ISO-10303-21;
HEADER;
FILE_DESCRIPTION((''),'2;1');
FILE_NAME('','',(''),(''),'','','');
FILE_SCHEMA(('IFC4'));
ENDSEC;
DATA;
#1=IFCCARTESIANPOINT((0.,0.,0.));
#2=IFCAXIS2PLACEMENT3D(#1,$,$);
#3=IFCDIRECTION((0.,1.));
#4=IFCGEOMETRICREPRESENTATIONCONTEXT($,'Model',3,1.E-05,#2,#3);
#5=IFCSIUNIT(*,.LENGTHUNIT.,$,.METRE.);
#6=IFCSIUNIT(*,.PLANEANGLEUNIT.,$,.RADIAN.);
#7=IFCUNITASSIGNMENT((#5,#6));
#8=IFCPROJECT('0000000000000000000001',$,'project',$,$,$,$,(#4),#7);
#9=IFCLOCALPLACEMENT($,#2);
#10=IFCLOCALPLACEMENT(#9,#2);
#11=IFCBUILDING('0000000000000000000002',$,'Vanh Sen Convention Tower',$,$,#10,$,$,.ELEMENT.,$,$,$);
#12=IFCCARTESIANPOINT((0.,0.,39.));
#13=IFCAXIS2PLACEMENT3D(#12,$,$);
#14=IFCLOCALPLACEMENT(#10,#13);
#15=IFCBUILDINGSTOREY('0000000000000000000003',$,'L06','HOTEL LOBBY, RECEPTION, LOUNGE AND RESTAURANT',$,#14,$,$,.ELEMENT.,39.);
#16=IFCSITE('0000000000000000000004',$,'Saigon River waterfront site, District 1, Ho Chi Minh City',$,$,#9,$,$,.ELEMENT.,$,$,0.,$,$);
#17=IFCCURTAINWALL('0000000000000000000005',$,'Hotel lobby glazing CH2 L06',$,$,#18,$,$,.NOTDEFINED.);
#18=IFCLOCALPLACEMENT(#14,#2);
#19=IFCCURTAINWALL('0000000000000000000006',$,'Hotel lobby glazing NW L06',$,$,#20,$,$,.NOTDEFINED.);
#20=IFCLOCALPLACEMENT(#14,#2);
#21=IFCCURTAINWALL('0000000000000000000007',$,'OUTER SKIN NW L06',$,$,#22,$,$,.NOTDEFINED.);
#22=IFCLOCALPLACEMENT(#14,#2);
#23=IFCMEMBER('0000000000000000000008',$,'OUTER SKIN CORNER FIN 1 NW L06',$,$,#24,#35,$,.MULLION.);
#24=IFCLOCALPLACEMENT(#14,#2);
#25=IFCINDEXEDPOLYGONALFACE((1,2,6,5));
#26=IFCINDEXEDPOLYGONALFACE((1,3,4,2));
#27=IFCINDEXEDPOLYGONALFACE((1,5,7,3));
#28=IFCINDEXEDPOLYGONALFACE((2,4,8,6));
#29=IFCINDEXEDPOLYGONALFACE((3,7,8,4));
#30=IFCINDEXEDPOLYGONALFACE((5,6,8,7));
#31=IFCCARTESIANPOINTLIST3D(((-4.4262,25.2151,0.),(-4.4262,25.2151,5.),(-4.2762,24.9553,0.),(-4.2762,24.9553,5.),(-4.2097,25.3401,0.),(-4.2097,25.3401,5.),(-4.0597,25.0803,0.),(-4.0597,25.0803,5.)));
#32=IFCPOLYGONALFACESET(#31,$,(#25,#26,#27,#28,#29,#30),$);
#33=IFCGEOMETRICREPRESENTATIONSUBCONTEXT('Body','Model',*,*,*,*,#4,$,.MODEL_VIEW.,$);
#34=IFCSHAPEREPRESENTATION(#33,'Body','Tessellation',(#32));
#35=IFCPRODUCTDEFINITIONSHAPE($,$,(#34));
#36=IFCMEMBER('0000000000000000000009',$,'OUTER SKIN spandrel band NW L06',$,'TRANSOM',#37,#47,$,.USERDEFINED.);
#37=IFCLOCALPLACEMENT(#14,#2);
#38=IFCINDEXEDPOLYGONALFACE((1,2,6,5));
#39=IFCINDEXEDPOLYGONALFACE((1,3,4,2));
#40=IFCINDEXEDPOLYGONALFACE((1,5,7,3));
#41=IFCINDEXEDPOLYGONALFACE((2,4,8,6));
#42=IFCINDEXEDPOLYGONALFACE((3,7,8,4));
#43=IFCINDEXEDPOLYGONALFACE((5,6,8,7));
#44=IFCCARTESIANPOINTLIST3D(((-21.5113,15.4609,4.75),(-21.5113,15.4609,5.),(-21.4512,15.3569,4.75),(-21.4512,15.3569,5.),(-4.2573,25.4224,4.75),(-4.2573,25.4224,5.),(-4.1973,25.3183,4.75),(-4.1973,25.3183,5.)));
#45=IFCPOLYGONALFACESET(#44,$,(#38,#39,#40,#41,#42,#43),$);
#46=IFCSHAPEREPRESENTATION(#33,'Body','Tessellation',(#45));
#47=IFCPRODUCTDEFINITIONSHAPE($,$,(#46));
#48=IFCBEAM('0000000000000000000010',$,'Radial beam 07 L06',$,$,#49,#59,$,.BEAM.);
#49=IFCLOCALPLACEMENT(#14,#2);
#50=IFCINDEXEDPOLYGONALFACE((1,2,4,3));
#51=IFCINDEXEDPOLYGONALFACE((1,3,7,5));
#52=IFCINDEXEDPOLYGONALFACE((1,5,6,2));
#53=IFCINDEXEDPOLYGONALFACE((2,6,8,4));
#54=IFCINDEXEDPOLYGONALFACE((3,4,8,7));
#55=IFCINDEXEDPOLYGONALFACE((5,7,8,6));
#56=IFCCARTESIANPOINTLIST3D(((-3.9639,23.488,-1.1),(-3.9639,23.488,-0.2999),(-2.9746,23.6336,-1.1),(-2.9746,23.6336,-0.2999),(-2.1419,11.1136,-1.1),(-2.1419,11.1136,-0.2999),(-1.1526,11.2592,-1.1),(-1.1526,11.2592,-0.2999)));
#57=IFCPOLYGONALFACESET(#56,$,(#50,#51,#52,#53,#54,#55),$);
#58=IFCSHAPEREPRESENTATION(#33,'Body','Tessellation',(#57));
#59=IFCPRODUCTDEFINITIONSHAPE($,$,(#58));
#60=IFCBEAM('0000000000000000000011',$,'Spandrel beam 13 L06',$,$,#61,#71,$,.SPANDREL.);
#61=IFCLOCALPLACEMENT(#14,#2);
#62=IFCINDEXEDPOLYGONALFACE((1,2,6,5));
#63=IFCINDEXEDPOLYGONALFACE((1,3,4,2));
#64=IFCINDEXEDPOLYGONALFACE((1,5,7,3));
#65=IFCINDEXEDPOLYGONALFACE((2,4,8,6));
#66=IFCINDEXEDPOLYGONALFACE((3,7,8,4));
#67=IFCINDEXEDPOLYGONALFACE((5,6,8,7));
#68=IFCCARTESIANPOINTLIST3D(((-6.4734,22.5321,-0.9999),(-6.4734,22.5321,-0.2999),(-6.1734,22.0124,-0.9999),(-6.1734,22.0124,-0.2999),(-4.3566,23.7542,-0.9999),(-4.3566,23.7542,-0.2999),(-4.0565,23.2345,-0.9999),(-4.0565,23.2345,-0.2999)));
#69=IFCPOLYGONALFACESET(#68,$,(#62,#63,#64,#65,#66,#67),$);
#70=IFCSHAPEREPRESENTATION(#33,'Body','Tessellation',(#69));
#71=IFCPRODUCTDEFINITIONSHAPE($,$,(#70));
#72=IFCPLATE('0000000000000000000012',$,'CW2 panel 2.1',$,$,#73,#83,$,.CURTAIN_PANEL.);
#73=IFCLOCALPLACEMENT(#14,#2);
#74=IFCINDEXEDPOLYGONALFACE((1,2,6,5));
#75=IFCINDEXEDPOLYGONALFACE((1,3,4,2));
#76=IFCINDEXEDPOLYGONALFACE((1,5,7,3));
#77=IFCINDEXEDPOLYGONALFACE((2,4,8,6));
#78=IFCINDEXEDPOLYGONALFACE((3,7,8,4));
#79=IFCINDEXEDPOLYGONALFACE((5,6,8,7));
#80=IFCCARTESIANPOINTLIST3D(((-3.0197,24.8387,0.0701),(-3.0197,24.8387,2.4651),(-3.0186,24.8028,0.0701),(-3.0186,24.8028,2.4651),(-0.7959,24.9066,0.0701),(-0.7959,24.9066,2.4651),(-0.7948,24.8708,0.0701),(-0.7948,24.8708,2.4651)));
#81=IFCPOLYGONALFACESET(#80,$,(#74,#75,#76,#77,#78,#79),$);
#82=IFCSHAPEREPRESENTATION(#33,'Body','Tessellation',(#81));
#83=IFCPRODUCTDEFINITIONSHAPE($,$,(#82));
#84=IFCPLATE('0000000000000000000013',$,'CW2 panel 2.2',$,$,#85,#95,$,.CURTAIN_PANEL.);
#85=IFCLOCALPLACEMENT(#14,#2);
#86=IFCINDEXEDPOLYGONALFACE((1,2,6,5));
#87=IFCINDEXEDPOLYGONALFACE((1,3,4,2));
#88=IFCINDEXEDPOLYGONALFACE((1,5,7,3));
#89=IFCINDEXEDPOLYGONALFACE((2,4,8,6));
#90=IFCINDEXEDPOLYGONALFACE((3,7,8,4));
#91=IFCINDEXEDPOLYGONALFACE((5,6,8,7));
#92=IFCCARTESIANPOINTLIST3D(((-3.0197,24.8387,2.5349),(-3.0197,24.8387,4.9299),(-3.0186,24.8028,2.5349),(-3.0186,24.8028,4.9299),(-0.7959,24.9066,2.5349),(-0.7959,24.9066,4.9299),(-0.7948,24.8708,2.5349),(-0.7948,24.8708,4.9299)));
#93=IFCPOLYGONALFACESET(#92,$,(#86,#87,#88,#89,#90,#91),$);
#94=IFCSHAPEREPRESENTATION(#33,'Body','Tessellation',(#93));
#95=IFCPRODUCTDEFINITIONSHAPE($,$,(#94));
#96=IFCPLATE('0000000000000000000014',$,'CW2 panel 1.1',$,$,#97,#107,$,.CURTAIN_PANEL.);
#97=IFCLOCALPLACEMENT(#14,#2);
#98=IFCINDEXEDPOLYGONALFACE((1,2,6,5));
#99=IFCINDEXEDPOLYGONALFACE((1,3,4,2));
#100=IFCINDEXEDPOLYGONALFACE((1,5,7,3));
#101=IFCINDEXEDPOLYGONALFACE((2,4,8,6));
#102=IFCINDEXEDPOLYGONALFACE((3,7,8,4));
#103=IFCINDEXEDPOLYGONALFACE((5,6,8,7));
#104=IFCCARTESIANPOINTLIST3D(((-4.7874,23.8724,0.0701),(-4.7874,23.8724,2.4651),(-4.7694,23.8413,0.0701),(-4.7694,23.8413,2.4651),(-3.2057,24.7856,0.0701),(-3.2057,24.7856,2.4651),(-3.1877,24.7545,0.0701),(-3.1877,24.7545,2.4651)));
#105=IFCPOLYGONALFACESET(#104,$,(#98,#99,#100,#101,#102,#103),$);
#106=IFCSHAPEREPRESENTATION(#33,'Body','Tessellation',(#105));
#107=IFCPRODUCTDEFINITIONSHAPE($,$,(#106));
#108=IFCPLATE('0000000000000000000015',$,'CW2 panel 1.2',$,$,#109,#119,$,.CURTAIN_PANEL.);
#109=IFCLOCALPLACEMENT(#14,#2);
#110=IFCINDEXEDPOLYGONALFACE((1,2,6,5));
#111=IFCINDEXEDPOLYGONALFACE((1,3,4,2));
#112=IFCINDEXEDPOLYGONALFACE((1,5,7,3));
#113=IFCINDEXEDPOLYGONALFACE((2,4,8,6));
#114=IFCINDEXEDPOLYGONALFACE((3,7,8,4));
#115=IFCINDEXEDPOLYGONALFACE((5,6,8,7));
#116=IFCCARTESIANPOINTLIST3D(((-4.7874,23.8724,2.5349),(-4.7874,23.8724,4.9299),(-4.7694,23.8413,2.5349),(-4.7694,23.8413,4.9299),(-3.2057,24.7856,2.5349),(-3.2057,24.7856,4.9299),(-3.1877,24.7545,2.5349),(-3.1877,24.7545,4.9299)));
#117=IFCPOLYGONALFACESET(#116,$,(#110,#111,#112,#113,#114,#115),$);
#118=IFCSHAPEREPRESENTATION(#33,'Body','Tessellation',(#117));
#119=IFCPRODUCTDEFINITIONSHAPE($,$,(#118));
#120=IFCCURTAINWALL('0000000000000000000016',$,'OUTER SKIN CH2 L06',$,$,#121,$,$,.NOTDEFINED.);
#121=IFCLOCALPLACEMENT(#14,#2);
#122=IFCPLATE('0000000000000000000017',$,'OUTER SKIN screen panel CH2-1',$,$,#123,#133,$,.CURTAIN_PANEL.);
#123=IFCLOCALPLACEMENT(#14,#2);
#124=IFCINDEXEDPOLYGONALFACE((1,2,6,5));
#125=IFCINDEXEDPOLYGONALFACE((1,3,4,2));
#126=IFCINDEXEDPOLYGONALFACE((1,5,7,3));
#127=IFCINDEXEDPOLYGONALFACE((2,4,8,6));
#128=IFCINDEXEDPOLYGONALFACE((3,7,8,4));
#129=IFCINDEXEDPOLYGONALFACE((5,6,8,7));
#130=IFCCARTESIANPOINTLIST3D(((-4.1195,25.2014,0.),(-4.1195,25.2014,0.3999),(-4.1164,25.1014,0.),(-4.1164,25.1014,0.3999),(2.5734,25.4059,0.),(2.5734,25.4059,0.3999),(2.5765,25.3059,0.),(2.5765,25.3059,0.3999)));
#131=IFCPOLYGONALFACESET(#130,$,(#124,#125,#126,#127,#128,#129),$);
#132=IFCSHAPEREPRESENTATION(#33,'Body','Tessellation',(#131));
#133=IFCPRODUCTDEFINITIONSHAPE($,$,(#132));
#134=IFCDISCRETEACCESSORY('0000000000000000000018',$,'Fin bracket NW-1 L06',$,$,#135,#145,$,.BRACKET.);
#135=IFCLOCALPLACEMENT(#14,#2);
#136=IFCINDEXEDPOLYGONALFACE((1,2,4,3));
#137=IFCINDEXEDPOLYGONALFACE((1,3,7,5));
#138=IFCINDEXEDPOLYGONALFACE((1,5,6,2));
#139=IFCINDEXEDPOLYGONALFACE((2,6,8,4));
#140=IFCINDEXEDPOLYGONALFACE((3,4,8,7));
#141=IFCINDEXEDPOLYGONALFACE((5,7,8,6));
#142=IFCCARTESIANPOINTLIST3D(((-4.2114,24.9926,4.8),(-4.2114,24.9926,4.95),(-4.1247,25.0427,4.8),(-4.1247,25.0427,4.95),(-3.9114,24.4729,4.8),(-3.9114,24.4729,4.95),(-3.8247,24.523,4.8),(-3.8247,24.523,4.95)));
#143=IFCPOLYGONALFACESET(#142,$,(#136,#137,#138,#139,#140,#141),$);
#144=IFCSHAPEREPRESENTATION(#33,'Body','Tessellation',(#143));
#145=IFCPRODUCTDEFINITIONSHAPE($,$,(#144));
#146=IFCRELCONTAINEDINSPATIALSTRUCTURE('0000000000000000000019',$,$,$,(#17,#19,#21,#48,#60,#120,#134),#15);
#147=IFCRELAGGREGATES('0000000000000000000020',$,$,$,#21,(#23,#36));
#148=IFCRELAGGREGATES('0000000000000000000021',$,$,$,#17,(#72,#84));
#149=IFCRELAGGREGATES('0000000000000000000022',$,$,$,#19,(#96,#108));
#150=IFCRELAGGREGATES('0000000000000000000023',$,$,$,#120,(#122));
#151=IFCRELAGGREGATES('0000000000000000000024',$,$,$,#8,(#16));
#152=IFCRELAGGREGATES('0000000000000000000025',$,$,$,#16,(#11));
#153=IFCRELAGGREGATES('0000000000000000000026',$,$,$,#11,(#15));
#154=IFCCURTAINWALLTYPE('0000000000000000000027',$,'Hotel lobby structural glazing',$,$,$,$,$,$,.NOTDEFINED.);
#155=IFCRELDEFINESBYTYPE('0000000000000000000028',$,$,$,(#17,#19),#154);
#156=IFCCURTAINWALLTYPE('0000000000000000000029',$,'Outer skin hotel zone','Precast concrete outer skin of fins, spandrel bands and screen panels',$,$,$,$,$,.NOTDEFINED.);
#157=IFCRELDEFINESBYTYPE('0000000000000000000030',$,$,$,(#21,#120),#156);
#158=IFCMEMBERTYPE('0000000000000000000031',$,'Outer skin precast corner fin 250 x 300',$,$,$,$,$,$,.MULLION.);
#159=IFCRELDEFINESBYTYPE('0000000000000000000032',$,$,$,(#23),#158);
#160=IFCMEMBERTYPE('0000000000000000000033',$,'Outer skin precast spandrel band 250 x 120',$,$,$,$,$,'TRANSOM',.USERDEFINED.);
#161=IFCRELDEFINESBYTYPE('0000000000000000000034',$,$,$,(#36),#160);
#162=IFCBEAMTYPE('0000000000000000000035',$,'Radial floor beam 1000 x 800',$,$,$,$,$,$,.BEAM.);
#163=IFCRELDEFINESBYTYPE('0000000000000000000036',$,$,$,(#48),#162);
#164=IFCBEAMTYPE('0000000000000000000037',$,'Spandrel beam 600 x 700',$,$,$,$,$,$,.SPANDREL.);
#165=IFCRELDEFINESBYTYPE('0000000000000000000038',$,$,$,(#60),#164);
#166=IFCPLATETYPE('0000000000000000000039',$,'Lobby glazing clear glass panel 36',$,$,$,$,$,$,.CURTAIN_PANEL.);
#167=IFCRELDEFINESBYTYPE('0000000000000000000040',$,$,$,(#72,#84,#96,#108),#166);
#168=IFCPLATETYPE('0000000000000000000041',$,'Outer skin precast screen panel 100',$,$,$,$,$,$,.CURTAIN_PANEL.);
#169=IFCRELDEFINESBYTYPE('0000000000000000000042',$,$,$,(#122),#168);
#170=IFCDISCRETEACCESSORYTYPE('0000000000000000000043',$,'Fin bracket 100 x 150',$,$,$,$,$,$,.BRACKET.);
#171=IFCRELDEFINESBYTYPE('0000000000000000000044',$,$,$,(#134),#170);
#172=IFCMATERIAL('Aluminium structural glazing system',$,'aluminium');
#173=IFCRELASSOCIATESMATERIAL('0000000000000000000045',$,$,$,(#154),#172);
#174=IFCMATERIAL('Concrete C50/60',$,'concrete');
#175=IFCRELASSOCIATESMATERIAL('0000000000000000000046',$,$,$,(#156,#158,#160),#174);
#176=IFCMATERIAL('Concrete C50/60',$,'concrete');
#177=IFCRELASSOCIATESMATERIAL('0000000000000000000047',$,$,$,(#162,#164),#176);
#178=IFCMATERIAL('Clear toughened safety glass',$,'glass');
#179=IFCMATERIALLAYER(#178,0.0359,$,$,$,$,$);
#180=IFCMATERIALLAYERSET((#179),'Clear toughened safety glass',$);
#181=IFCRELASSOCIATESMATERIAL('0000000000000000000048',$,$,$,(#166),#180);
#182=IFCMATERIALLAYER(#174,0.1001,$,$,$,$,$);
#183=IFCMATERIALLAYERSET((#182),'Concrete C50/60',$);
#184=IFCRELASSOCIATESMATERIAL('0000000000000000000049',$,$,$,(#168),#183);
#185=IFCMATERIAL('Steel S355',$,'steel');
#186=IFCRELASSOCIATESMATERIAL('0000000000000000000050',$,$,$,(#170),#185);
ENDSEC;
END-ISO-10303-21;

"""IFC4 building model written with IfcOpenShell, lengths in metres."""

from ifc_helpers import new_model, si_unit, direction, frame, origin, origin_2d, place, context, subcontext, project, spatial, rectangle, extrude, material, layer, layer_set, material_profile, profile_set, type_object, element, aggregate, save


model = new_model("IFC4")

# Units and contexts
model_context = context("Model", 3, precision=1e-05, world=origin(), true_north=direction((0.0, 1.0)))
body_context = subcontext(model_context, "Body", "Model", "MODEL_VIEW")
ifc_project = project(units=[si_unit("LENGTHUNIT", "METRE"), si_unit("PLANEANGLEUNIT", "RADIAN")], contexts=[model_context])

# Site, building, storey
site_placement = place(None, origin())
site = spatial("IfcSite", under=ifc_project, at=site_placement, Name="Saigon River waterfront site, District 1, Ho Chi Minh City", CompositionType="ELEMENT", RefElevation=0.0)
building_placement = place(site_placement, origin())
building = spatial("IfcBuilding", under=site, at=building_placement, Name="Vanh Sen Convention Tower", CompositionType="ELEMENT")
storey_placement = place(building_placement, frame((0.0, 0.0, 39.0)))
storey = spatial("IfcBuildingStorey", under=building, at=storey_placement, Name="L06", Description="HOTEL LOBBY, RECEPTION, LOUNGE AND RESTAURANT", CompositionType="ELEMENT", Elevation=39.0)

# Curtain walls
ifc_material_1 = material(Name="Aluminium structural glazing system", Category="aluminium")
curtain_wall_type_1 = type_object("IfcCurtainWallType", Name="Hotel lobby structural glazing", PredefinedType="NOTDEFINED", material=ifc_material_1)
curtain_wall_1_placement = place(storey_placement, origin())
curtain_wall_1 = element("IfcCurtainWall", 1, at=curtain_wall_1_placement, inside=storey, type_object=curtain_wall_type_1, Name="Hotel lobby glazing CH2 L06", PredefinedType="NOTDEFINED")
curtain_wall_2_placement = place(storey_placement, origin())
curtain_wall_2 = element("IfcCurtainWall", 2, at=curtain_wall_2_placement, inside=storey, type_object=curtain_wall_type_1, Name="Hotel lobby glazing NW L06", PredefinedType="NOTDEFINED")

# Curtain wall, members
ifc_material_2 = material(Name="Concrete C50/60", Category="concrete")
curtain_wall_type_2 = type_object("IfcCurtainWallType", Name="Outer skin hotel zone", Description="Precast concrete outer skin of fins, spandrel bands and screen panels", PredefinedType="NOTDEFINED", material=ifc_material_2)
curtain_wall_3_placement = place(storey_placement, origin())
curtain_wall_3 = element("IfcCurtainWall", 3, at=curtain_wall_3_placement, inside=storey, type_object=curtain_wall_type_2, Name="OUTER SKIN NW L06", PredefinedType="NOTDEFINED")
ifc_material_profile_1 = material_profile(ifc_material_2, rectangle(XDim=0.25, YDim=0.3, at=origin_2d()), Name="Outer skin precast corner fin 250 x 300")
ifc_profile_set_1 = profile_set([ifc_material_profile_1], Name="Concrete C50/60")
member_type_1 = type_object("IfcMemberType", Name="Outer skin precast corner fin 250 x 300", PredefinedType="MULLION", material=ifc_profile_set_1)
member_1_placement = place(storey_placement, frame((-4.2429, 25.1477, 0.0), z_axis=(0.0, 0.0, 1.0), x_axis=(-0.866025, -0.5, 0.0)))
member_1 = element("IfcMember", 4, at=member_1_placement, type_object=member_type_1, Name="OUTER SKIN CORNER FIN 1 NW L06", PredefinedType="MULLION", context=body_context, shape_type="SweptSolid", body=[
    extrude(rectangle(XDim=0.25, YDim=0.3, at=origin_2d()), origin(), (0.0, 0.0, 1.0), 5.0),
])
ifc_material_profile_2 = material_profile(ifc_material_2, rectangle(XDim=0.1201, YDim=0.25, at=origin_2d()), Name="Outer skin precast spandrel band 250 x 120")
ifc_profile_set_2 = profile_set([ifc_material_profile_2], Name="Concrete C50/60")
member_type_2 = type_object("IfcMemberType", Name="Outer skin precast spandrel band 250 x 120", ElementType="TRANSOM", PredefinedType="USERDEFINED", material=ifc_profile_set_2)
member_2_placement = place(storey_placement, frame((-4.2273, 25.3704, 4.875), z_axis=(-0.866028, -0.499995, 0.0), x_axis=(0.499995, -0.866028, 0.0)))
member_2 = element("IfcMember", 5, at=member_2_placement, type_object=member_type_2, Name="OUTER SKIN spandrel band NW L06", ObjectType="TRANSOM", PredefinedType="USERDEFINED", context=body_context, shape_type="SweptSolid", body=[
    extrude(rectangle(XDim=0.1201, YDim=0.25, at=origin_2d()), origin(), (0.0, 0.0, 1.0), 19.9231),
])
aggregate(curtain_wall_3, [member_1, member_2])

# Beams
ifc_material_3 = material(Name="Concrete C50/60", Category="concrete")
ifc_material_profile_3 = material_profile(ifc_material_3, rectangle(XDim=1.0, YDim=0.8, at=origin_2d()), Name="RC 1000X800")
ifc_profile_set_3 = profile_set([ifc_material_profile_3], Name="Concrete C50/60")
beam_type_1 = type_object("IfcBeamType", Name="Radial floor beam 1000 x 800", PredefinedType="BEAM", material=ifc_profile_set_3)
beam_1_placement = place(storey_placement, frame((-3.4692, 23.5608, -0.7), z_axis=(0.145669, -0.989333, 0.0), x_axis=(0.989333, 0.145669, 0.0)))
element("IfcBeam", 6, at=beam_1_placement, inside=storey, type_object=beam_type_1, Name="Radial beam 07 L06", PredefinedType="BEAM", context=body_context, shape_type="SweptSolid", body=[
    extrude(rectangle(XDim=1.0, YDim=0.8, at=origin_2d()), origin(), (0.0, 0.0, 1.0), 12.5078),
])
ifc_material_profile_4 = material_profile(ifc_material_3, rectangle(XDim=0.6001, YDim=0.7, at=origin_2d()), Name="RC 600X700")
ifc_profile_set_4 = profile_set([ifc_material_profile_4], Name="Concrete C50/60")
beam_type_2 = type_object("IfcBeamType", Name="Spandrel beam 600 x 700", PredefinedType="SPANDREL", material=ifc_profile_set_4)
beam_2_placement = place(storey_placement, frame((-4.2065, 23.4944, -0.6499), z_axis=(-0.866034, -0.499985, 0.0), x_axis=(0.499985, -0.866034, 0.0)))
element("IfcBeam", 7, at=beam_2_placement, inside=storey, type_object=beam_type_2, Name="Spandrel beam 13 L06", PredefinedType="SPANDREL", context=body_context, shape_type="SweptSolid", body=[
    extrude(rectangle(XDim=0.6001, YDim=0.7, at=origin_2d()), origin(), (0.0, 0.0, 1.0), 2.4443),
])

# Plates
ifc_material_4 = material(Name="Clear toughened safety glass", Category="glass")
ifc_layer_1 = layer(ifc_material_4, 0.0359)
ifc_layer_set_1 = layer_set([ifc_layer_1], Name="Clear toughened safety glass")
plate_type_1 = type_object("IfcPlateType", Name="Lobby glazing clear glass panel 36", PredefinedType="CURTAIN_PANEL", material=ifc_layer_set_1)
plate_1_placement = place(storey_placement, frame((-1.9072, 24.8547, 0.0701), z_axis=(0.0, 0.0, 1.0), x_axis=(-0.999534, -0.030539, 0.0)))
plate_1 = element("IfcPlate", 8, at=plate_1_placement, type_object=plate_type_1, Name="CW2 panel 2.1", PredefinedType="CURTAIN_PANEL", context=body_context, shape_type="SweptSolid", body=[
    extrude(rectangle(XDim=2.2249, YDim=0.0359, at=origin_2d()), origin(), (0.0, 0.0, 1.0), 2.395),
])
plate_2_placement = place(storey_placement, frame((-1.9072, 24.8547, 2.5349), z_axis=(0.0, 0.0, 1.0), x_axis=(-0.999534, -0.030539, 0.0)))
plate_2 = element("IfcPlate", 9, at=plate_2_placement, type_object=plate_type_1, Name="CW2 panel 2.2", PredefinedType="CURTAIN_PANEL", context=body_context, shape_type="SweptSolid", body=[
    extrude(rectangle(XDim=2.2249, YDim=0.0359, at=origin_2d()), origin(), (0.0, 0.0, 1.0), 2.395),
])
aggregate(curtain_wall_1, [plate_1, plate_2])
plate_3_placement = place(storey_placement, frame((-3.9875, 24.3135, 0.0701), z_axis=(0.0, 0.0, 1.0), x_axis=(-0.866025, -0.500001, 0.0)))
plate_3 = element("IfcPlate", 10, at=plate_3_placement, type_object=plate_type_1, Name="CW2 panel 1.1", PredefinedType="CURTAIN_PANEL", context=body_context, shape_type="SweptSolid", body=[
    extrude(rectangle(XDim=1.8264, YDim=0.0359, at=origin_2d()), origin(), (0.0, 0.0, 1.0), 2.395),
])
plate_4_placement = place(storey_placement, frame((-3.9875, 24.3135, 2.5349), z_axis=(0.0, 0.0, 1.0), x_axis=(-0.866025, -0.500001, 0.0)))
plate_4 = element("IfcPlate", 11, at=plate_4_placement, type_object=plate_type_1, Name="CW2 panel 1.2", PredefinedType="CURTAIN_PANEL", context=body_context, shape_type="SweptSolid", body=[
    extrude(rectangle(XDim=1.8264, YDim=0.0359, at=origin_2d()), origin(), (0.0, 0.0, 1.0), 2.395),
])
aggregate(curtain_wall_2, [plate_3, plate_4])

# Curtain wall, plate
curtain_wall_4_placement = place(storey_placement, origin())
curtain_wall_4 = element("IfcCurtainWall", 12, at=curtain_wall_4_placement, inside=storey, type_object=curtain_wall_type_2, Name="OUTER SKIN CH2 L06", PredefinedType="NOTDEFINED")
ifc_layer_2 = layer(ifc_material_2, 0.1001)
ifc_layer_set_2 = layer_set([ifc_layer_2], Name="Concrete C50/60")
plate_type_2 = type_object("IfcPlateType", Name="Outer skin precast screen panel 100", PredefinedType="CURTAIN_PANEL", material=ifc_layer_set_2)
plate_5_placement = place(storey_placement, frame((-0.7715, 25.2537, 0.0), z_axis=(0.0, 0.0, 1.0), x_axis=(-0.999534, -0.030537, 0.0)))
plate_5 = element("IfcPlate", 13, at=plate_5_placement, type_object=plate_type_2, Name="OUTER SKIN screen panel CH2-1", PredefinedType="CURTAIN_PANEL", context=body_context, shape_type="SweptSolid", body=[
    extrude(rectangle(XDim=6.696, YDim=0.1001, at=origin_2d()), origin(), (0.0, 0.0, 1.0), 0.3999),
])
aggregate(curtain_wall_4, [plate_5])

# Discrete accessory
ifc_material_5 = material(Name="Steel S355", Category="steel")
discrete_accessory_type = type_object("IfcDiscreteAccessoryType", Name="Fin bracket 100 x 150", PredefinedType="BRACKET", material=ifc_material_5)
discrete_accessory_placement = place(storey_placement, frame((-4.0181, 24.7578, 4.8), z_axis=(0.0, 0.0, 1.0), x_axis=(-0.5, 0.866025, 0.0)))
element("IfcDiscreteAccessory", 14, at=discrete_accessory_placement, inside=storey, type_object=discrete_accessory_type, Name="Fin bracket NW-1 L06", PredefinedType="BRACKET", context=body_context, shape_type="SweptSolid", body=[
    extrude(rectangle(XDim=0.6001, YDim=0.1001, at=origin_2d()), origin(), (0.0, 0.0, 1.0), 0.1499),
])

save(model, "model.ifc")
